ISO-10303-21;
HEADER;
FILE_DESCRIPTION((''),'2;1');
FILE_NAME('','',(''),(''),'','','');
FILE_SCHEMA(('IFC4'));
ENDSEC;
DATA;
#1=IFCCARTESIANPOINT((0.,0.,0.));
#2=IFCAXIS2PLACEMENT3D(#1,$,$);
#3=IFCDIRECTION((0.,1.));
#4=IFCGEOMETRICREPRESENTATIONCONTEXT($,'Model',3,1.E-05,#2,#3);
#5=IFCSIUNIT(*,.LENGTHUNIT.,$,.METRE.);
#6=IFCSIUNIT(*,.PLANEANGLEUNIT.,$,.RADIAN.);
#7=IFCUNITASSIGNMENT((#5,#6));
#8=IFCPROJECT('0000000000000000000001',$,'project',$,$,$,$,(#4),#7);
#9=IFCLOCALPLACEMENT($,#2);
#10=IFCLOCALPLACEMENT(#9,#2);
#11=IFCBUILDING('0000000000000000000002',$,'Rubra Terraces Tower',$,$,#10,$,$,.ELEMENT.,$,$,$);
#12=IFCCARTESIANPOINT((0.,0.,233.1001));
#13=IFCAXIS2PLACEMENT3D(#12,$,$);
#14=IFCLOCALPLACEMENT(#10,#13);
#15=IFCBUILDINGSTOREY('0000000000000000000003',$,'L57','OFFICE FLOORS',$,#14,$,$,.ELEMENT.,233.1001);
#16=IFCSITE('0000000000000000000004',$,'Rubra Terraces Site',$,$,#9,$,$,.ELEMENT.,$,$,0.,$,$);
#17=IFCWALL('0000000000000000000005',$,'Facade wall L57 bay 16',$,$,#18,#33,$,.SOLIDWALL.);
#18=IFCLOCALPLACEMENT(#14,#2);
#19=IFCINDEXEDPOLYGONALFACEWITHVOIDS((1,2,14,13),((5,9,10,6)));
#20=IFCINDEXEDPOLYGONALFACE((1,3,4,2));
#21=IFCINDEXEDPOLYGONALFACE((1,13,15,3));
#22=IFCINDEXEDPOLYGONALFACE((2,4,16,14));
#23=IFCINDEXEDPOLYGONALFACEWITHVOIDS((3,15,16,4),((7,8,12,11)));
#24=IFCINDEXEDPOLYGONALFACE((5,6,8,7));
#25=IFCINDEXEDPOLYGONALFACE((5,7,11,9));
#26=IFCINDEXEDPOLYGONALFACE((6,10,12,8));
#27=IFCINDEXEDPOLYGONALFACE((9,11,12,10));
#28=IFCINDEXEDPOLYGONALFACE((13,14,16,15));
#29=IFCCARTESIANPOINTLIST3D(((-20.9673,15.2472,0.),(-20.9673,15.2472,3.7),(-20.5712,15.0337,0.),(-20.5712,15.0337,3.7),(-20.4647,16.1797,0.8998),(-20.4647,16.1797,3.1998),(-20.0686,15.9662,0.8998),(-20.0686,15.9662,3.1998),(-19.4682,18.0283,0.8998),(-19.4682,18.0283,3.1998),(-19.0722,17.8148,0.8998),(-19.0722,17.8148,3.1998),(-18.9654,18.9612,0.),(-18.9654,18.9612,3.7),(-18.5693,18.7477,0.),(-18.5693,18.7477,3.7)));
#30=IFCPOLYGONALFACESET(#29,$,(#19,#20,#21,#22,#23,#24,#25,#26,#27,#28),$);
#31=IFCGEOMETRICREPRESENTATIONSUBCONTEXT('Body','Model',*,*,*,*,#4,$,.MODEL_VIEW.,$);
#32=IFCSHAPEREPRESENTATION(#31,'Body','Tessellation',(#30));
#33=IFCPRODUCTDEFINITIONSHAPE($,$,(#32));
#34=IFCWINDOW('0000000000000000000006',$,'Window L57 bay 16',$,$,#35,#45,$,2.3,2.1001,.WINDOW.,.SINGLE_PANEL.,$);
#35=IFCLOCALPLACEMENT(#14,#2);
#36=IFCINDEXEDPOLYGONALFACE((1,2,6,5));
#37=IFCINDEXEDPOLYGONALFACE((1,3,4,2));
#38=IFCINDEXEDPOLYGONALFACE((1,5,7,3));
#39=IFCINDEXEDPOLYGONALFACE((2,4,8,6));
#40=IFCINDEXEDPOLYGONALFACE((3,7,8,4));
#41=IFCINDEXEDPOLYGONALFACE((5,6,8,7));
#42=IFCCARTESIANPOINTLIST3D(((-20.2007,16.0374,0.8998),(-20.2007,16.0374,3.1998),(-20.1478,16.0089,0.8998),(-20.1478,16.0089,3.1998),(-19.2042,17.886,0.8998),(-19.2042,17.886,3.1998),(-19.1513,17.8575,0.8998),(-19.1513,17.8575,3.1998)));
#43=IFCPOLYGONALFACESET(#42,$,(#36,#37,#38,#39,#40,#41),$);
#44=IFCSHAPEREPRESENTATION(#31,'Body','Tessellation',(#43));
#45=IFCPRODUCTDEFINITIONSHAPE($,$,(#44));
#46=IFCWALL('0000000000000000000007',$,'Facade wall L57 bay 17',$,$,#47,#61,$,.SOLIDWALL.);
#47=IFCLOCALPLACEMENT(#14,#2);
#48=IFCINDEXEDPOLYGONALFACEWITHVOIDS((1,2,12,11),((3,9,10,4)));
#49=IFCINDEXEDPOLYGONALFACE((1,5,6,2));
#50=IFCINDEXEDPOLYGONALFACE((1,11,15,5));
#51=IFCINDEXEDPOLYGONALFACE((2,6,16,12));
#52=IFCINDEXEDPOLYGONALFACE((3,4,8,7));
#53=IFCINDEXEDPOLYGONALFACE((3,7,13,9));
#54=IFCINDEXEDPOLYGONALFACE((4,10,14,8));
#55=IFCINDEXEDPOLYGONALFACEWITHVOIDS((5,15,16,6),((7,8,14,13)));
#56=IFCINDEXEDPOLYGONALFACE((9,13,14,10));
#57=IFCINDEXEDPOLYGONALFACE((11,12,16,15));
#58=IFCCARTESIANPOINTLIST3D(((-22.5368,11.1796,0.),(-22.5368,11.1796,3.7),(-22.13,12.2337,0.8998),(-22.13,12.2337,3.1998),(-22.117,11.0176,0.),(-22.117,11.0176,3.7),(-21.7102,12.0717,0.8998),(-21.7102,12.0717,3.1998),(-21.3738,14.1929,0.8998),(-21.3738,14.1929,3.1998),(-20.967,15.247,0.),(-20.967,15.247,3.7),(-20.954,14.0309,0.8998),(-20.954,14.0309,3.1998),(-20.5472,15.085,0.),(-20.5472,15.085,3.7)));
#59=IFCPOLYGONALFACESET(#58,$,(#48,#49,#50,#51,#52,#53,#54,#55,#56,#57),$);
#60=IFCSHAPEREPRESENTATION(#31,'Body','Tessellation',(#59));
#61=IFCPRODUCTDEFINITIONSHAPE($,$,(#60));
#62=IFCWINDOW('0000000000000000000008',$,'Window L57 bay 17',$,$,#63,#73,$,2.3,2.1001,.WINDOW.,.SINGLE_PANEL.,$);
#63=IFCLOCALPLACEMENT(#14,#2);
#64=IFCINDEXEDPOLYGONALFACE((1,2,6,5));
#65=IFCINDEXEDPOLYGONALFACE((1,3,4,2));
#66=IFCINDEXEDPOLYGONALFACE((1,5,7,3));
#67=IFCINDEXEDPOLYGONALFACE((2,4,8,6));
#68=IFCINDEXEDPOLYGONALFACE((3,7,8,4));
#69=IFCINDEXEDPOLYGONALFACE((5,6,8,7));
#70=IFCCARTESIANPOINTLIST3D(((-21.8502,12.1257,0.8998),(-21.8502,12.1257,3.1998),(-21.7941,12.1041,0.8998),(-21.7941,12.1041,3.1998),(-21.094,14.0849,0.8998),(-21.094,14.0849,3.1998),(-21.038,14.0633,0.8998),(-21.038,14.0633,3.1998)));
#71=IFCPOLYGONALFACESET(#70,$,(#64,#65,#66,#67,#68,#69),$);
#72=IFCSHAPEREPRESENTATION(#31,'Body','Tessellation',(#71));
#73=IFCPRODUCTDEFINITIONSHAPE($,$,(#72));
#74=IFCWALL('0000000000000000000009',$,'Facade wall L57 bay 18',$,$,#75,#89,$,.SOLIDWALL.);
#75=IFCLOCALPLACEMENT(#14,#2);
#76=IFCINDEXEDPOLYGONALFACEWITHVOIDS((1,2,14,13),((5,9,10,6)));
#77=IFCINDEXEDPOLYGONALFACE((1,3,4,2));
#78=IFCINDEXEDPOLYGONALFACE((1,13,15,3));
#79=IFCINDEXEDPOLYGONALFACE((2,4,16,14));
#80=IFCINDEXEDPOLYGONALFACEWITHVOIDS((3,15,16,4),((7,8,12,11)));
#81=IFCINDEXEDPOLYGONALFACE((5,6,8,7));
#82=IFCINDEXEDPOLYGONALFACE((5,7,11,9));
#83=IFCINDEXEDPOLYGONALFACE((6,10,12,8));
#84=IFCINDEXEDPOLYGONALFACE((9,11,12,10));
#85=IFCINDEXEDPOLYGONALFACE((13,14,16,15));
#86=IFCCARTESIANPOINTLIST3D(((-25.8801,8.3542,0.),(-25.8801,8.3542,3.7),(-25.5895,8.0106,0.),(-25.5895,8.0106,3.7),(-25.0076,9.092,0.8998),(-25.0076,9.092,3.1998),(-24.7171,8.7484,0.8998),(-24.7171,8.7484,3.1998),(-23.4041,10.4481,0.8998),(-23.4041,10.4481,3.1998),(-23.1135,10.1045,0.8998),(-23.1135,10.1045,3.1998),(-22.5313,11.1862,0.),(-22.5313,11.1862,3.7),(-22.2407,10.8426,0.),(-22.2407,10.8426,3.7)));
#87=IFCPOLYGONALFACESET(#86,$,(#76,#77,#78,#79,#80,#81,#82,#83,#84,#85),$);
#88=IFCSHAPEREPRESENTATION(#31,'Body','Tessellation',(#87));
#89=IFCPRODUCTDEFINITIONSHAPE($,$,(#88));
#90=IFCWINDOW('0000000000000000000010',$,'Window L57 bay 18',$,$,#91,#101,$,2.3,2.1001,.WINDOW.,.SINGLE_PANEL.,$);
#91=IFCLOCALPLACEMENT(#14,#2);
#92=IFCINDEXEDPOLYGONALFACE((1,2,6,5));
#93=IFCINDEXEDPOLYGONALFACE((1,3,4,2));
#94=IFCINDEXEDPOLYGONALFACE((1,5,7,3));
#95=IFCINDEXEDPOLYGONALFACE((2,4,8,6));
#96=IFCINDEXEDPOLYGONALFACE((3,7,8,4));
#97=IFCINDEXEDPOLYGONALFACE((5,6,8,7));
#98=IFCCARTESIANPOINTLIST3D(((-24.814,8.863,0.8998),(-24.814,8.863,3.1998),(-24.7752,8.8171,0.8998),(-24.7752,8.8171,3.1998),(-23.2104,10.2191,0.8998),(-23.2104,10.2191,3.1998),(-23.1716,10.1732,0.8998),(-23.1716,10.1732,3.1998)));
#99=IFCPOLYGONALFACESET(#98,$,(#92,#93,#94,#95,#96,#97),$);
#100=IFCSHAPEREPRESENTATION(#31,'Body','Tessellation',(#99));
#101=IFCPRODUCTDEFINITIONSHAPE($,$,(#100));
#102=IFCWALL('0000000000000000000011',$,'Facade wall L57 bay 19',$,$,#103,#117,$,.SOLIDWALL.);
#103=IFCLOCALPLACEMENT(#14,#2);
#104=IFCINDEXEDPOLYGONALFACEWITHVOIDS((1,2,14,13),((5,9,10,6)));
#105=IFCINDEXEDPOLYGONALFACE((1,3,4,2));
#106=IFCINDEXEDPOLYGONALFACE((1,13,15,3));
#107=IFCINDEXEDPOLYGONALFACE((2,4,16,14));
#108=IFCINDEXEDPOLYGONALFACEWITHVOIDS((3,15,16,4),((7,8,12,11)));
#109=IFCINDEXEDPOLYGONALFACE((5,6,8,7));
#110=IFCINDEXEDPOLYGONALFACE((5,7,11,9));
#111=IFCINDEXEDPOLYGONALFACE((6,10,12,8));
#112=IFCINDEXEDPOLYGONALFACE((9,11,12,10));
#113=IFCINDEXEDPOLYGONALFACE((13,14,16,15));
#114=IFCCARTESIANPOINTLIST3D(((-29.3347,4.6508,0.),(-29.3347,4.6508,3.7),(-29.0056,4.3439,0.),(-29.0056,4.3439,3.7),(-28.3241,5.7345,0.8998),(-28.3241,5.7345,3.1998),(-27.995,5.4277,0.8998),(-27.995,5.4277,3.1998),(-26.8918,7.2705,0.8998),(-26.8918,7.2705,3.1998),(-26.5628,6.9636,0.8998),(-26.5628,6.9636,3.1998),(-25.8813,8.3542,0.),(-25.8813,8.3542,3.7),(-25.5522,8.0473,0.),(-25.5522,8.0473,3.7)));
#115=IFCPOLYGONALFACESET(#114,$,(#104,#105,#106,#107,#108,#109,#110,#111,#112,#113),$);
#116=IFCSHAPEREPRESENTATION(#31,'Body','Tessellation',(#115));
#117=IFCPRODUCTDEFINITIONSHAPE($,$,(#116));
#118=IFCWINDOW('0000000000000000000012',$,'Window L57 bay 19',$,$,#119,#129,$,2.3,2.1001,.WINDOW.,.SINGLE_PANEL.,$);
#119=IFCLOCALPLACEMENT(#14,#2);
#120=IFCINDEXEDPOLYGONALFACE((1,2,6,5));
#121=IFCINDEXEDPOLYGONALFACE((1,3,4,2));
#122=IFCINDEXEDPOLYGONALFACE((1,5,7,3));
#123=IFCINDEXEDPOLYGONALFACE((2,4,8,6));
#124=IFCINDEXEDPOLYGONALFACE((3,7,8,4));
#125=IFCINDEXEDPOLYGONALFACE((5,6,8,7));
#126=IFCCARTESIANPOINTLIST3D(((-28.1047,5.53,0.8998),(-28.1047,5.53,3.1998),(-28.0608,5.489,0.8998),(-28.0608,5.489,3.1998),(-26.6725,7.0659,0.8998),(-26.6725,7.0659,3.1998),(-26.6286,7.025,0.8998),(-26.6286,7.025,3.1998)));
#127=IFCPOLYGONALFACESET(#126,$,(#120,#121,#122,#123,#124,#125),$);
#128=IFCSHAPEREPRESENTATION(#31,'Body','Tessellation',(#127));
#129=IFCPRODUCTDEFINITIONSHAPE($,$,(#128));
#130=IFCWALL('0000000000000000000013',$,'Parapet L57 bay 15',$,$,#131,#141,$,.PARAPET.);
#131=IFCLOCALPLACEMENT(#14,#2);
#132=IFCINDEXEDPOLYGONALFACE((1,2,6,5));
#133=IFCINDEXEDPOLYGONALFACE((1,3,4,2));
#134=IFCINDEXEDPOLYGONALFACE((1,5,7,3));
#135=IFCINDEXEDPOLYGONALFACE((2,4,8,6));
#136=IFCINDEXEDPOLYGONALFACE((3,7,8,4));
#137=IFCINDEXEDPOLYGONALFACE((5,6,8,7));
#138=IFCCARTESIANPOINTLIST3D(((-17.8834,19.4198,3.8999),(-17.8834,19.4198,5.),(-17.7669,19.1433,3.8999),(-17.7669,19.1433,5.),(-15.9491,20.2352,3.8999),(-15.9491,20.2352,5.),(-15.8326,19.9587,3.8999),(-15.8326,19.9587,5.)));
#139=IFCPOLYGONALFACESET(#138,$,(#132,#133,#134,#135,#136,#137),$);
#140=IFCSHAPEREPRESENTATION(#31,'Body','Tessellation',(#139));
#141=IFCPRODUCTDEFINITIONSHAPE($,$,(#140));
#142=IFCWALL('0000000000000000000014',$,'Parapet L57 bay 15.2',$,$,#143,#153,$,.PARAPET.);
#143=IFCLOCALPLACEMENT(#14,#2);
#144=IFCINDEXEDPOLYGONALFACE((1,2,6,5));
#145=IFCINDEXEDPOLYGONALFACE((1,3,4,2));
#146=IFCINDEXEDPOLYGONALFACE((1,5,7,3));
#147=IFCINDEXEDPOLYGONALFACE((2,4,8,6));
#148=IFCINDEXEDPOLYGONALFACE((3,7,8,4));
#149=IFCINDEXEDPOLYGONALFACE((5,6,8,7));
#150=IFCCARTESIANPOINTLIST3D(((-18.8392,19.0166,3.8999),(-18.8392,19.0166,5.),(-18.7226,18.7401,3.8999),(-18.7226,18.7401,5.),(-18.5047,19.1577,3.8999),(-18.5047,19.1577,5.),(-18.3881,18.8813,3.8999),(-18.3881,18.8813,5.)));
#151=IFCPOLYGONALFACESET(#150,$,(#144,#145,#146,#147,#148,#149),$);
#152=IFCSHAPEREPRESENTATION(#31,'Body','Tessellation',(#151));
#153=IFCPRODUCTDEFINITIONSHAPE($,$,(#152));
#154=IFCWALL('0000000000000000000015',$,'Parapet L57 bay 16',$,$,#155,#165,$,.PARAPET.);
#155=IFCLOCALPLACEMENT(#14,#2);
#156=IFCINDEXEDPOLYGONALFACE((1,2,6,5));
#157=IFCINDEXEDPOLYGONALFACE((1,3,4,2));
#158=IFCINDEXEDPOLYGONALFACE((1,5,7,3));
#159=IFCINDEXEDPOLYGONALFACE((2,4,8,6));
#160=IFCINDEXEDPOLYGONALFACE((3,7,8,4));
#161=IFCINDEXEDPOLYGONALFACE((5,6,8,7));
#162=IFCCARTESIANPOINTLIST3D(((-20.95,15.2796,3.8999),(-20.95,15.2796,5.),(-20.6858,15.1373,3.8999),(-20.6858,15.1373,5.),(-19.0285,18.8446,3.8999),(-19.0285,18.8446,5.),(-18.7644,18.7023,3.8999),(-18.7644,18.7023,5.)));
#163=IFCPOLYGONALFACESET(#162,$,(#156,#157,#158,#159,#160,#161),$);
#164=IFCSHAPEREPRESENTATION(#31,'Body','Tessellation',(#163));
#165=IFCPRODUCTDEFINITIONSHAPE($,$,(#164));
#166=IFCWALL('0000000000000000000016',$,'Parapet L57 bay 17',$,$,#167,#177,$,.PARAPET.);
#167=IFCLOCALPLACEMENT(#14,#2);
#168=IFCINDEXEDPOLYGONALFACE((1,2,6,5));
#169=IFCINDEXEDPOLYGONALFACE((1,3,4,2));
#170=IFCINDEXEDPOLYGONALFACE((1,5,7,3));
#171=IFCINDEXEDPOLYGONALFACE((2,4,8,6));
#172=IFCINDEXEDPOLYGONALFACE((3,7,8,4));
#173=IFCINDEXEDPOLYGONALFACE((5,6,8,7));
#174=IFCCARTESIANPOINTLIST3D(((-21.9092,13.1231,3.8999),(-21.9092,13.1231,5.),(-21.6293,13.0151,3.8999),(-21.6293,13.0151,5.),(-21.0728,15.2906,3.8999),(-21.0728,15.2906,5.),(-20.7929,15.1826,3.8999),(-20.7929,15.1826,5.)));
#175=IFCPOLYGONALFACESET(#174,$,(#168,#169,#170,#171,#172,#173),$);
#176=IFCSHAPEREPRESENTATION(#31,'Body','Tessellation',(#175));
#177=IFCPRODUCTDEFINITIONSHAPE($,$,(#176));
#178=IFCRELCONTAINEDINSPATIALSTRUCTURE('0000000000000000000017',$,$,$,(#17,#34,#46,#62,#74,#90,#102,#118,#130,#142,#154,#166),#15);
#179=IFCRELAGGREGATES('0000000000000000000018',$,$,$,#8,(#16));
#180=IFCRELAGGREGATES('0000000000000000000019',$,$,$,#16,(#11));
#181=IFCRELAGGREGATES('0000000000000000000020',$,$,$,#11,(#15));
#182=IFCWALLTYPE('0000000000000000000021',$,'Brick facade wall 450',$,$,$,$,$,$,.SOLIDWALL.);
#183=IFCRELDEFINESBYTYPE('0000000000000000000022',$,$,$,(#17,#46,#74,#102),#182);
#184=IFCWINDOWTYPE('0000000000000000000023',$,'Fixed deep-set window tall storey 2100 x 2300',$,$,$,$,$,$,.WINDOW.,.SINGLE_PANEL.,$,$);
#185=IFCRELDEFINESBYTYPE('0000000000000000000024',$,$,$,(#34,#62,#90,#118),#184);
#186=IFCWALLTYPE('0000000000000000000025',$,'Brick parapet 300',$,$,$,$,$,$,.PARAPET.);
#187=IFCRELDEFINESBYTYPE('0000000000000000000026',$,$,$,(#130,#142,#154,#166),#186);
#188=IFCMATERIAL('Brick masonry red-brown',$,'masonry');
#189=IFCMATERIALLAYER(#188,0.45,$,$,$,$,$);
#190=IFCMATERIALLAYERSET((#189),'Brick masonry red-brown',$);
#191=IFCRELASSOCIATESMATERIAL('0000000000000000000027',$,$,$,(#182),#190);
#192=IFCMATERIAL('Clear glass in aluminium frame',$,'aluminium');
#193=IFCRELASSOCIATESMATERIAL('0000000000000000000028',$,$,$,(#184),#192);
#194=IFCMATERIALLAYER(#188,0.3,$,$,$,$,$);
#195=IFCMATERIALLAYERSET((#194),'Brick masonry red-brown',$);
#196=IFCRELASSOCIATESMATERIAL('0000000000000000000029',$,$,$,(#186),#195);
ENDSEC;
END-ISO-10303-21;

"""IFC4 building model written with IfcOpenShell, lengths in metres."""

from ifc_helpers import new_model, si_unit, direction, frame, frame_2d, origin, place, context, subcontext, project, spatial, rectangle, extrude, material, layer, layer_set, type_object, element, fill, save


model = new_model("IFC4")

# Units and contexts
model_context = context("Model", 3, precision=1e-05, world=origin(), true_north=direction((0.0, 1.0)))
body_context = subcontext(model_context, "Body", "Model", "MODEL_VIEW")
ifc_project = project(units=[si_unit("LENGTHUNIT", "METRE"), si_unit("PLANEANGLEUNIT", "RADIAN")], contexts=[model_context])

# Site, building, storey
site_placement = place(None, origin())
site = spatial("IfcSite", under=ifc_project, at=site_placement, Name="Rubra Terraces Site", CompositionType="ELEMENT", RefElevation=0.0)
building_placement = place(site_placement, origin())
building = spatial("IfcBuilding", under=site, at=building_placement, Name="Rubra Terraces Tower", CompositionType="ELEMENT")
storey_placement = place(building_placement, frame((0.0, 0.0, 233.1001)))
storey = spatial("IfcBuildingStorey", under=building, at=storey_placement, Name="L57", Description="OFFICE FLOORS", CompositionType="ELEMENT", Elevation=233.1001)

# Walls, openings, windows
ifc_material_1 = material(Name="Brick masonry red-brown", Category="masonry")
ifc_layer_1 = layer(ifc_material_1, 0.45)
ifc_layer_set_1 = layer_set([ifc_layer_1], Name="Brick masonry red-brown")
wall_type_1 = type_object("IfcWallType", Name="Brick facade wall 450", PredefinedType="SOLIDWALL", material=ifc_layer_set_1)
wall_1_placement = place(storey_placement, frame((-18.7673, 18.8545, 0.0), z_axis=(0.0, 0.0, 1.0), x_axis=(-0.474476, -0.880268, 0.0)))
wall_1 = element("IfcWall", 1, at=wall_1_placement, inside=storey, type_object=wall_type_1, Name="Facade wall L57 bay 16", PredefinedType="SOLIDWALL", context=body_context, shape_type="SweptSolid", body=[
    extrude(rectangle(XDim=4.2192, YDim=0.45, at=frame_2d((2.1096, 0.0))), origin(), (0.0, 0.0, 1.0), 3.7),
])
opening_1_placement = place(wall_1_placement, frame((1.0598, 0.0, 0.8999)))
opening_1 = element("IfcOpeningElement", 2, at=opening_1_placement, cuts=wall_1, PredefinedType="OPENING", context=body_context, shape_type="SweptSolid", body=[
    extrude(rectangle(XDim=2.1001, YDim=2.3, at=frame_2d((1.05, 1.1499))), frame((0.0, 0.2349, 0.0), z_axis=(0.0, -1.0, 0.0), x_axis=(1.0, 0.0, 0.0)), (0.0, 0.0, 1.0), 0.47),
])
ifc_material_2 = material(Name="Clear glass in aluminium frame", Category="aluminium")
window_type = type_object("IfcWindowType", Name="Fixed deep-set window tall storey 2100 x 2300", PartitioningType="SINGLE_PANEL", PredefinedType="WINDOW", material=ifc_material_2)
window_1_placement = place(opening_1_placement, origin())
window_1 = element("IfcWindow", 3, at=window_1_placement, inside=storey, type_object=window_type, Name="Window L57 bay 16", OverallHeight=2.3, OverallWidth=2.1001, PartitioningType="SINGLE_PANEL", PredefinedType="WINDOW", context=body_context, shape_type="SweptSolid", body=[
    extrude(rectangle(XDim=2.1001, YDim=2.3, at=frame_2d((1.05, 1.1499))), frame((0.0, 0.135, 0.0), z_axis=(0.0, -1.0, 0.0), x_axis=(1.0, 0.0, 0.0)), (0.0, 0.0, 1.0), 0.0601),
])
fill(opening_1, window_1)
wall_2_placement = place(storey_placement, frame((-20.7571, 15.166, 0.0), z_axis=(0.0, 0.0, 1.0), x_axis=(-0.360067, -0.932926, 0.0)))
wall_2 = element("IfcWall", 4, at=wall_2_placement, inside=storey, type_object=wall_type_1, Name="Facade wall L57 bay 17", PredefinedType="SOLIDWALL", context=body_context, shape_type="SweptSolid", body=[
    extrude(rectangle(XDim=4.3599, YDim=0.45, at=frame_2d((2.1799, 0.0))), origin(), (0.0, 0.0, 1.0), 3.7),
])
opening_2_placement = place(wall_2_placement, frame((1.1299, 0.0, 0.8999)))
opening_2 = element("IfcOpeningElement", 5, at=opening_2_placement, cuts=wall_2, PredefinedType="OPENING", context=body_context, shape_type="SweptSolid", body=[
    extrude(rectangle(XDim=2.1001, YDim=2.3, at=frame_2d((1.05, 1.1499))), frame((0.0, 0.2349, 0.0), z_axis=(0.0, -1.0, 0.0), x_axis=(1.0, 0.0, 0.0)), (0.0, 0.0, 1.0), 0.47),
])
window_2_placement = place(opening_2_placement, origin())
window_2 = element("IfcWindow", 6, at=window_2_placement, inside=storey, type_object=window_type, Name="Window L57 bay 17", OverallHeight=2.3, OverallWidth=2.1001, PartitioningType="SINGLE_PANEL", PredefinedType="WINDOW", context=body_context, shape_type="SweptSolid", body=[
    extrude(rectangle(XDim=2.1001, YDim=2.3, at=frame_2d((1.05, 1.1499))), frame((0.0, 0.135, 0.0), z_axis=(0.0, -1.0, 0.0), x_axis=(1.0, 0.0, 0.0)), (0.0, 0.0, 1.0), 0.0601),
])
fill(opening_2, window_2)
wall_3_placement = place(storey_placement, frame((-22.386, 11.0144, 0.0), z_axis=(0.0, 0.0, 1.0), x_axis=(-0.76357, -0.645725, 0.0)))
wall_3 = element("IfcWall", 7, at=wall_3_placement, inside=storey, type_object=wall_type_1, Name="Facade wall L57 bay 18", PredefinedType="SOLIDWALL", context=body_context, shape_type="SweptSolid", body=[
    extrude(rectangle(XDim=4.3857, YDim=0.45, at=frame_2d((2.1929, 0.0))), origin(), (0.0, 0.0, 1.0), 3.7),
])
opening_3_placement = place(wall_3_placement, frame((1.1431, 0.0, 0.8999)))
opening_3 = element("IfcOpeningElement", 8, at=opening_3_placement, cuts=wall_3, PredefinedType="OPENING", context=body_context, shape_type="SweptSolid", body=[
    extrude(rectangle(XDim=2.1001, YDim=2.3, at=frame_2d((1.05, 1.1499))), frame((0.0, 0.2349, 0.0), z_axis=(0.0, -1.0, 0.0), x_axis=(1.0, 0.0, 0.0)), (0.0, 0.0, 1.0), 0.47),
])
window_3_placement = place(opening_3_placement, origin())
window_3 = element("IfcWindow", 9, at=window_3_placement, inside=storey, type_object=window_type, Name="Window L57 bay 18", OverallHeight=2.3, OverallWidth=2.1001, PartitioningType="SINGLE_PANEL", PredefinedType="WINDOW", context=body_context, shape_type="SweptSolid", body=[
    extrude(rectangle(XDim=2.1001, YDim=2.3, at=frame_2d((1.05, 1.1499))), frame((0.0, 0.135, 0.0), z_axis=(0.0, -1.0, 0.0), x_axis=(1.0, 0.0, 0.0)), (0.0, 0.0, 1.0), 0.0601),
])
fill(opening_3, window_3)
wall_4_placement = place(storey_placement, frame((-25.7168, 8.2007, 0.0), z_axis=(0.0, 0.0, 1.0), x_axis=(-0.68199, -0.731361, 0.0)))
wall_4 = element("IfcWall", 10, at=wall_4_placement, inside=storey, type_object=wall_type_1, Name="Facade wall L57 bay 19", PredefinedType="SOLIDWALL", context=body_context, shape_type="SweptSolid", body=[
    extrude(rectangle(XDim=5.0637, YDim=0.45, at=frame_2d((2.5317, 0.0))), origin(), (0.0, 0.0, 1.0), 3.7),
])
opening_4_placement = place(wall_4_placement, frame((1.4817, 0.0, 0.8999)))
opening_4 = element("IfcOpeningElement", 11, at=opening_4_placement, cuts=wall_4, PredefinedType="OPENING", context=body_context, shape_type="SweptSolid", body=[
    extrude(rectangle(XDim=2.1001, YDim=2.3, at=frame_2d((1.05, 1.1499))), frame((0.0, 0.2349, 0.0), z_axis=(0.0, -1.0, 0.0), x_axis=(1.0, 0.0, 0.0)), (0.0, 0.0, 1.0), 0.47),
])
window_4_placement = place(opening_4_placement, origin())
window_4 = element("IfcWindow", 12, at=window_4_placement, inside=storey, type_object=window_type, Name="Window L57 bay 19", OverallHeight=2.3, OverallWidth=2.1001, PartitioningType="SINGLE_PANEL", PredefinedType="WINDOW", context=body_context, shape_type="SweptSolid", body=[
    extrude(rectangle(XDim=2.1001, YDim=2.3, at=frame_2d((1.05, 1.1499))), frame((0.0, 0.135, 0.0), z_axis=(0.0, -1.0, 0.0), x_axis=(1.0, 0.0, 0.0)), (0.0, 0.0, 1.0), 0.0601),
])
fill(opening_4, window_4)

# Walls
ifc_layer_2 = layer(ifc_material_1, 0.3)
ifc_layer_set_2 = layer_set([ifc_layer_2], Name="Brick masonry red-brown")
wall_type_2 = type_object("IfcWallType", Name="Brick parapet 300", PredefinedType="PARAPET", material=ifc_layer_set_2)
wall_5_placement = place(storey_placement, frame((-15.8909, 20.0969, 3.8999), z_axis=(0.0, 0.0, 1.0), x_axis=(-0.921469, -0.388452, 0.0)))
element("IfcWall", 13, at=wall_5_placement, inside=storey, type_object=wall_type_2, Name="Parapet L57 bay 15", PredefinedType="PARAPET", context=body_context, shape_type="SweptSolid", body=[
    extrude(rectangle(XDim=2.0991, YDim=0.3, at=frame_2d((1.0496, 0.0))), origin(), (0.0, 0.0, 1.0), 1.1001),
])
wall_6_placement = place(storey_placement, frame((-18.4463, 19.0195, 3.8999), z_axis=(0.0, 0.0, 1.0), x_axis=(-0.921357, -0.388718, 0.0)))
element("IfcWall", 14, at=wall_6_placement, inside=storey, type_object=wall_type_2, Name="Parapet L57 bay 15.2", PredefinedType="PARAPET", context=body_context, shape_type="SweptSolid", body=[
    extrude(rectangle(XDim=0.363, YDim=0.3, at=frame_2d((0.1816, 0.0))), origin(), (0.0, 0.0, 1.0), 1.1001),
])
wall_7_placement = place(storey_placement, frame((-18.8965, 18.7734, 3.8999), z_axis=(0.0, 0.0, 1.0), x_axis=(-0.474445, -0.880285, 0.0)))
element("IfcWall", 15, at=wall_7_placement, inside=storey, type_object=wall_type_2, Name="Parapet L57 bay 16", PredefinedType="PARAPET", context=body_context, shape_type="SweptSolid", body=[
    extrude(rectangle(XDim=4.0498, YDim=0.3, at=frame_2d((2.0249, 0.0))), origin(), (0.0, 0.0, 1.0), 1.1001),
])
wall_8_placement = place(storey_placement, frame((-20.9329, 15.2366, 3.8999), z_axis=(0.0, 0.0, 1.0), x_axis=(-0.360021, -0.932944, 0.0)))
element("IfcWall", 16, at=wall_8_placement, inside=storey, type_object=wall_type_2, Name="Parapet L57 bay 17", PredefinedType="PARAPET", context=body_context, shape_type="SweptSolid", body=[
    extrude(rectangle(XDim=2.3232, YDim=0.3, at=frame_2d((1.1616, 0.0))), origin(), (0.0, 0.0, 1.0), 1.1001),
])

save(model, "model.ifc")
